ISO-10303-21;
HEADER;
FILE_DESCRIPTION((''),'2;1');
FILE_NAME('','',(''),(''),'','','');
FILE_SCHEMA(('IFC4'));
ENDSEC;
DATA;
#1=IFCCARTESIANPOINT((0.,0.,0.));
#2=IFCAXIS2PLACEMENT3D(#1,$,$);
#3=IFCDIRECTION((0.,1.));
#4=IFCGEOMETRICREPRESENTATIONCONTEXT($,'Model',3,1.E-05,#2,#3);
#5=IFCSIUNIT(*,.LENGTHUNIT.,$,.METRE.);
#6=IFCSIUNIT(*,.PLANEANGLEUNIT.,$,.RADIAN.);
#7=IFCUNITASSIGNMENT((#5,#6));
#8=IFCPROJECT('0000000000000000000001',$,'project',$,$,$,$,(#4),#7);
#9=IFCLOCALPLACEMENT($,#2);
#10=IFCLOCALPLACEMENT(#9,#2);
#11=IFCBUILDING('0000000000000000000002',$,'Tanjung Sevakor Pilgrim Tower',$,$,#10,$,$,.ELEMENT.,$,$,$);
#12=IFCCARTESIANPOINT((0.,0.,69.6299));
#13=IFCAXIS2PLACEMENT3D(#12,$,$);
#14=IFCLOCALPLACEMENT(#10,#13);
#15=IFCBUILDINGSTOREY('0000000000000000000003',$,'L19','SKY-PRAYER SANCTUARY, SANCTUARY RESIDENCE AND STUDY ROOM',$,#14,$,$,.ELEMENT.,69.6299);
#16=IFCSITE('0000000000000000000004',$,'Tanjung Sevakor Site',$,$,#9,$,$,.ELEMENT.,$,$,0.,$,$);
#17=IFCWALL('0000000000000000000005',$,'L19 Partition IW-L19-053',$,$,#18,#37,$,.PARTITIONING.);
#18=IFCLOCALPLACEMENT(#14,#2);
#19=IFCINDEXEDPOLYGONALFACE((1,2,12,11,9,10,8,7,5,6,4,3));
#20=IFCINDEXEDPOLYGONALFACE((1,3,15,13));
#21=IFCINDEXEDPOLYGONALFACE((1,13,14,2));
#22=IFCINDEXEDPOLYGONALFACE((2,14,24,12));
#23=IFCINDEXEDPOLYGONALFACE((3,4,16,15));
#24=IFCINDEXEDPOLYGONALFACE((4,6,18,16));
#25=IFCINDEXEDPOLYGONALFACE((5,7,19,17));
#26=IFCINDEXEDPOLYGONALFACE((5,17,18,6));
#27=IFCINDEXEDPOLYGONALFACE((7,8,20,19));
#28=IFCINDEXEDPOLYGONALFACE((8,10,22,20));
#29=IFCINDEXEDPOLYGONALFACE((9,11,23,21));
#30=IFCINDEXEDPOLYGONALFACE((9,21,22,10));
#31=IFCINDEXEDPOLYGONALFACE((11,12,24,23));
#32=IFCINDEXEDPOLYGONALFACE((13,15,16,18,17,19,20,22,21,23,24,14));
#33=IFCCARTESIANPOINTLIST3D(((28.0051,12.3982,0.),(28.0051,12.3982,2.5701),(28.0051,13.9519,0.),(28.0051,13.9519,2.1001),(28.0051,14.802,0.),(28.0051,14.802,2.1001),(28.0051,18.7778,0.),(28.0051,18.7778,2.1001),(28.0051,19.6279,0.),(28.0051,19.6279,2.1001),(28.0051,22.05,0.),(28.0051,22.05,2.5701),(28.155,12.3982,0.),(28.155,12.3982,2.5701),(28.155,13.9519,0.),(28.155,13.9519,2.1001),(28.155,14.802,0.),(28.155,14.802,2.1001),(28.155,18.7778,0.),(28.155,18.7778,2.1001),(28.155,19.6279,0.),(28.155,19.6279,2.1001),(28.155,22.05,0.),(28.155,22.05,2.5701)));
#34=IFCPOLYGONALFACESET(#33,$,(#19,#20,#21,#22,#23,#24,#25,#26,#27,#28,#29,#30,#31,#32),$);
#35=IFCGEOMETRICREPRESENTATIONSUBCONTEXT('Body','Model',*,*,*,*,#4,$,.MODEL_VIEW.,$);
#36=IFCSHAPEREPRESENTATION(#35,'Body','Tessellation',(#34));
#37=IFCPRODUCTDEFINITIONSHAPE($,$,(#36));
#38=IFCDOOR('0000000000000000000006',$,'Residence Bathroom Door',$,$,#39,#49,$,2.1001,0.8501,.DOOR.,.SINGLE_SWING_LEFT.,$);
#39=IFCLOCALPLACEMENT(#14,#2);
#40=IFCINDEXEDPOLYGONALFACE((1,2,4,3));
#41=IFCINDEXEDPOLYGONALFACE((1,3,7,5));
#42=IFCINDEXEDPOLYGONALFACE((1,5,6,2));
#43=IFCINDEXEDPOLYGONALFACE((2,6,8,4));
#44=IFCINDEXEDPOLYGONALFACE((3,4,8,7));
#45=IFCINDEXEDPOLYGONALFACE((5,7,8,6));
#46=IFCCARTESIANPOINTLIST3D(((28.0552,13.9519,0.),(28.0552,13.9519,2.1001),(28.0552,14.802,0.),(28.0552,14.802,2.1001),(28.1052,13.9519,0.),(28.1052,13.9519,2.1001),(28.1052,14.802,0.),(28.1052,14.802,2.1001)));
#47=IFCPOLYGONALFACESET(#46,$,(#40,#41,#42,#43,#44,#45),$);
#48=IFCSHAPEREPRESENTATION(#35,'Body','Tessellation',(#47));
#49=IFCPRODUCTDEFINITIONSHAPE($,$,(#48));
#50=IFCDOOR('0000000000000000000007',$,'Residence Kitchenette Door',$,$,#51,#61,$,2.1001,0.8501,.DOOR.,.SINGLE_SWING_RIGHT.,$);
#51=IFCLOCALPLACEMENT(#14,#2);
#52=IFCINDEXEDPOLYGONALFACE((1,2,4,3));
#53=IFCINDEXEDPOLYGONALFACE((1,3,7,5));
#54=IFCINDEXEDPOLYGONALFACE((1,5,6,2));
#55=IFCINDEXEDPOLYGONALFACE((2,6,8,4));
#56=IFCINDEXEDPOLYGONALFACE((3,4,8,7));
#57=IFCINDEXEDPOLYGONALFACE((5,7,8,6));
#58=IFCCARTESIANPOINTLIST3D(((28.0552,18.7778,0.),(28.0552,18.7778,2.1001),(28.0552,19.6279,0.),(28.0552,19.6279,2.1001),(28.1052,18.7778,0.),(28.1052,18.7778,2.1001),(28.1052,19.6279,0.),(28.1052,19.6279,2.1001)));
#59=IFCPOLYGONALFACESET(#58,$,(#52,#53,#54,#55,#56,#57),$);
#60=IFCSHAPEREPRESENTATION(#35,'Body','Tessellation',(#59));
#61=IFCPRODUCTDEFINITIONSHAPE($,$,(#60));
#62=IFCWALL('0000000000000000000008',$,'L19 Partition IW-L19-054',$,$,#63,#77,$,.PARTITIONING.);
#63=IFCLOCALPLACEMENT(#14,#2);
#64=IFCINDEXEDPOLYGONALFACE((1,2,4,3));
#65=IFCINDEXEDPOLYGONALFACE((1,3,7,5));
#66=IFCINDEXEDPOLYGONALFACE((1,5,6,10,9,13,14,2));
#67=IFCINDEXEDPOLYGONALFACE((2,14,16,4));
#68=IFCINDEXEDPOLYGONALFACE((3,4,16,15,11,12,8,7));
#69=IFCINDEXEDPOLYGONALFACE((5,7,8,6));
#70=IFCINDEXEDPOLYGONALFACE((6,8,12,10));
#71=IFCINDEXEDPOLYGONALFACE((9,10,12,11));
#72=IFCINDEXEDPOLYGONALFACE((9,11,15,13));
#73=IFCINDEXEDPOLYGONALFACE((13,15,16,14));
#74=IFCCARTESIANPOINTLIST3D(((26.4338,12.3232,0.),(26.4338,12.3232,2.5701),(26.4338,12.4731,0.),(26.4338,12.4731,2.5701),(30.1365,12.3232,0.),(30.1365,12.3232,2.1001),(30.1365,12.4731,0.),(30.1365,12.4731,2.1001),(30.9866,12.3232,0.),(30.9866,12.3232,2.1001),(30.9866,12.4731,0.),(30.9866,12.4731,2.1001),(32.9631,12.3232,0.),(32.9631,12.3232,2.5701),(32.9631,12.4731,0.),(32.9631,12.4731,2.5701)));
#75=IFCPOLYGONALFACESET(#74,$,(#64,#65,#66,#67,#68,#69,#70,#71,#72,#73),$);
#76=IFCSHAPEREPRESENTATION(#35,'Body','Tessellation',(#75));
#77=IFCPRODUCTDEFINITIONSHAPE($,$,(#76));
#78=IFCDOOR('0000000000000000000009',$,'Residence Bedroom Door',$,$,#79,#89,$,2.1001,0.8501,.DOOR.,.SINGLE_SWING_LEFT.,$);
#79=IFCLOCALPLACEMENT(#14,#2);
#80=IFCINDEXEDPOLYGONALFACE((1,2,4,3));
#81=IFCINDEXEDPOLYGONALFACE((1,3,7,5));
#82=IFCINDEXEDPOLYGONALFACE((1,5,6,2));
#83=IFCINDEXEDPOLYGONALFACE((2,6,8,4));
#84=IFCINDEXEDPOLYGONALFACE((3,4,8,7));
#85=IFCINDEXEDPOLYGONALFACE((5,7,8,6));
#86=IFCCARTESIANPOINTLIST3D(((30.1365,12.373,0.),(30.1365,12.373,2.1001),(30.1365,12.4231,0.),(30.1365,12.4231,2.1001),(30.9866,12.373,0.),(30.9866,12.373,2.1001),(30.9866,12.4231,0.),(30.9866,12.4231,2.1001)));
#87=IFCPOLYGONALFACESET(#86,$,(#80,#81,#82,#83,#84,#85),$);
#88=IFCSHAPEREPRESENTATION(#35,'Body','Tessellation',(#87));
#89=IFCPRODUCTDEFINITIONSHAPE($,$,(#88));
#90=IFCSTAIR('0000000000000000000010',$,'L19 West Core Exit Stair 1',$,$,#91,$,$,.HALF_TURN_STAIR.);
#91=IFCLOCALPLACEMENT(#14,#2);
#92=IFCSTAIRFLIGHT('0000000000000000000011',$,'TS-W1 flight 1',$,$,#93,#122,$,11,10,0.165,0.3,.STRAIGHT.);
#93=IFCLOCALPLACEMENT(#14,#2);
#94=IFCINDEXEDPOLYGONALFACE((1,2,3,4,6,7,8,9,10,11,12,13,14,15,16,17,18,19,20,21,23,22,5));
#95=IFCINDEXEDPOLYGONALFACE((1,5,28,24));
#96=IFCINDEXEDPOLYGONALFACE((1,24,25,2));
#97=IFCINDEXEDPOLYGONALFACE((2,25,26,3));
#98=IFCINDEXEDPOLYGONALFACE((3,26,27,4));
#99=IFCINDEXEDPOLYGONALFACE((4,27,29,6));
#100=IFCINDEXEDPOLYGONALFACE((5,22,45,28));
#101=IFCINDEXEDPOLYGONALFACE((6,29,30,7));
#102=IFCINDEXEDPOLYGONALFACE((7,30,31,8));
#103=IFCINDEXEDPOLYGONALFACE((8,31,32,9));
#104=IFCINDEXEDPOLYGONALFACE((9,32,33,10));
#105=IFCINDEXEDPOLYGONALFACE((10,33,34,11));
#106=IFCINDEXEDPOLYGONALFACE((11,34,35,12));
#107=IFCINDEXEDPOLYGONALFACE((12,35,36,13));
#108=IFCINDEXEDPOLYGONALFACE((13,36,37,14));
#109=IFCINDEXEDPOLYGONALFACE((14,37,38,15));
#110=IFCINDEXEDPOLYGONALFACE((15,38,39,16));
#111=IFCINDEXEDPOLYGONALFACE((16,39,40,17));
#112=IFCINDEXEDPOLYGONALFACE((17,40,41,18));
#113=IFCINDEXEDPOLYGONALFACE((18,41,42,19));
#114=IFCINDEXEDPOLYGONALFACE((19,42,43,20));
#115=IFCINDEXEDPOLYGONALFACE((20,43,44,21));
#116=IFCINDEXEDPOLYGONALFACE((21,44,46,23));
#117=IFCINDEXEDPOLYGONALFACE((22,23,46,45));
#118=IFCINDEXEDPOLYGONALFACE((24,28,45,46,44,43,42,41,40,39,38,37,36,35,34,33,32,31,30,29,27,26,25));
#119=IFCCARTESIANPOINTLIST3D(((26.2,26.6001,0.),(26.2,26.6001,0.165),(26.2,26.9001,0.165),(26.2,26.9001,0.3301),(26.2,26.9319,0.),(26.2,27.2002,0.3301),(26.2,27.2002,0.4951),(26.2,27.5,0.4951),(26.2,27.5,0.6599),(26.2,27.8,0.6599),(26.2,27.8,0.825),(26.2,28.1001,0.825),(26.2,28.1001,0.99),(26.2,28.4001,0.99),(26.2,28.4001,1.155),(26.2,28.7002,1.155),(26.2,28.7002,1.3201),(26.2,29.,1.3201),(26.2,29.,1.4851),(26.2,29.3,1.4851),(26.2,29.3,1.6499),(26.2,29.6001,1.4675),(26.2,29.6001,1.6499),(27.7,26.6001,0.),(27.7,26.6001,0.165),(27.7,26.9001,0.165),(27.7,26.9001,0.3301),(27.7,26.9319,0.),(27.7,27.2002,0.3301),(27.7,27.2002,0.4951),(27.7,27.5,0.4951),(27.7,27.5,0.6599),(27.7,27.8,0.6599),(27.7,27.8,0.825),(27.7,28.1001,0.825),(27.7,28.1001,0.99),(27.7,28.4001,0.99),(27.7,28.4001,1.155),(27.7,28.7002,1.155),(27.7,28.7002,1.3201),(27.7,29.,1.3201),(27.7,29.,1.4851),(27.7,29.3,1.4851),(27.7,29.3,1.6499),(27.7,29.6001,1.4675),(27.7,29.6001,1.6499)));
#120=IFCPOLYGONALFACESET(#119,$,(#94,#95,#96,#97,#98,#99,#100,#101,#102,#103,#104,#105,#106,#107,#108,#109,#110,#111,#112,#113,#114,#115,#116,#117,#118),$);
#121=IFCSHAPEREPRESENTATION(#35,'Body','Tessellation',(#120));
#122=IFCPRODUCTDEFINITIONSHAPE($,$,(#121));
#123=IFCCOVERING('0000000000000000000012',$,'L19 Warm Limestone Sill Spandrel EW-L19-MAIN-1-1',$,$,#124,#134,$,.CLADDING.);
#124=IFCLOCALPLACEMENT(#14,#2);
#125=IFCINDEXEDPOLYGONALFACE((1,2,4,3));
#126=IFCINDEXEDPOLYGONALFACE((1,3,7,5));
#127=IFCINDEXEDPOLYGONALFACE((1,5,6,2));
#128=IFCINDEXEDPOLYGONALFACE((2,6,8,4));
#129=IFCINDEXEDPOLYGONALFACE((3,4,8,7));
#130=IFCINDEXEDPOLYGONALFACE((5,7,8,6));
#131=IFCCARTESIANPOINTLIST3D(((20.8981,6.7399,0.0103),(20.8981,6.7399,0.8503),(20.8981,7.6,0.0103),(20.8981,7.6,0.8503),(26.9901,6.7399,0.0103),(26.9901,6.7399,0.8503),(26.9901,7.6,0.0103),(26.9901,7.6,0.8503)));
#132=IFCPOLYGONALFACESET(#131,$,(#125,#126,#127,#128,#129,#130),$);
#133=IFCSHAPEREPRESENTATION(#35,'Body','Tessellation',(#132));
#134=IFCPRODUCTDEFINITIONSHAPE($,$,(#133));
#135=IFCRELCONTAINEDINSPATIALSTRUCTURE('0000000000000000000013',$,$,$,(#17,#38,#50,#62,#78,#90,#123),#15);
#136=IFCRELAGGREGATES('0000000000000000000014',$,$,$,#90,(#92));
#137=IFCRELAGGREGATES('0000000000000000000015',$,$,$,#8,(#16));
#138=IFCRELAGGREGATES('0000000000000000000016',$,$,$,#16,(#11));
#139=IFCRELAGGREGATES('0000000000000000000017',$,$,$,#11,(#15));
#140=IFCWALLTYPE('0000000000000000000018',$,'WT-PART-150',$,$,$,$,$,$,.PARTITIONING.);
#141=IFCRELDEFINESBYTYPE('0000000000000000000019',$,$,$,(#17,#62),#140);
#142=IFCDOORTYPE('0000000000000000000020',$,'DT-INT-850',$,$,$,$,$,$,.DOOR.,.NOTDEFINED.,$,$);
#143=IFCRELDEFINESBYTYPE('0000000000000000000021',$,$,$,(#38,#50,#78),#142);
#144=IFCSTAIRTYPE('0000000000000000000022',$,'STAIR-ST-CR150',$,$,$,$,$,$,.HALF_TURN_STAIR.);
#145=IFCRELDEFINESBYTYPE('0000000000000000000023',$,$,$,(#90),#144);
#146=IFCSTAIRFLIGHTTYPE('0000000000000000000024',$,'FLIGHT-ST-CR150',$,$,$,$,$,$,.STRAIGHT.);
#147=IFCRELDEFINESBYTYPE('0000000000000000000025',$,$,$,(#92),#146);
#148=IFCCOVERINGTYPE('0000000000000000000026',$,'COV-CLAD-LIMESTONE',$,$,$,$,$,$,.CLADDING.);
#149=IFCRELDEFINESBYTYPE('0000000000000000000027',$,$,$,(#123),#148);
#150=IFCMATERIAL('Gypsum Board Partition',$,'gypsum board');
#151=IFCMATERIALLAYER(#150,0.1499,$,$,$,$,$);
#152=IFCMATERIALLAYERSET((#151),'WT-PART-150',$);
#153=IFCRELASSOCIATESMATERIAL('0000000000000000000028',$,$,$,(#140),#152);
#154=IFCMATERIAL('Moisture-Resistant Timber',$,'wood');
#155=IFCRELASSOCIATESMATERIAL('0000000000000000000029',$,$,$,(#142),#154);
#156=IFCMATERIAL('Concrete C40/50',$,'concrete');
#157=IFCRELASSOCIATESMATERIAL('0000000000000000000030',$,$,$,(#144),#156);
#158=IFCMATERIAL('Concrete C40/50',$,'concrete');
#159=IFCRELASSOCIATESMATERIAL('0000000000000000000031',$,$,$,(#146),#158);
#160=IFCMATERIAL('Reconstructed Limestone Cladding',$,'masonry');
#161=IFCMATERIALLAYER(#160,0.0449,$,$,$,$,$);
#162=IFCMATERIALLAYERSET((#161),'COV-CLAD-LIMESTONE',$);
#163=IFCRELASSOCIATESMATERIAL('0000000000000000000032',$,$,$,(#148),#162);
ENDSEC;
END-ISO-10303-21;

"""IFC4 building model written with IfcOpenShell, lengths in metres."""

from ifc_helpers import new_model, si_unit, direction, frame, frame_2d, origin, origin_2d, place, context, subcontext, project, spatial, polyline, rectangle, outline, extrude, material, layer, layer_set, type_object, element, fill, aggregate, save


model = new_model("IFC4")

# Units and contexts
model_context = context("Model", 3, precision=1e-05, world=origin(), true_north=direction((0.0, 1.0)))
body_context = subcontext(model_context, "Body", "Model", "MODEL_VIEW")
ifc_project = project(units=[si_unit("LENGTHUNIT", "METRE"), si_unit("PLANEANGLEUNIT", "RADIAN")], contexts=[model_context])

# Site, building, storey
site_placement = place(None, origin())
site = spatial("IfcSite", under=ifc_project, at=site_placement, Name="Tanjung Sevakor Site", CompositionType="ELEMENT", RefElevation=0.0)
building_placement = place(site_placement, origin())
building = spatial("IfcBuilding", under=site, at=building_placement, Name="Tanjung Sevakor Pilgrim Tower", CompositionType="ELEMENT")
storey_placement = place(building_placement, frame((0.0, 0.0, 69.6299)))
storey = spatial("IfcBuildingStorey", under=building, at=storey_placement, Name="L19", Description="SKY-PRAYER SANCTUARY, SANCTUARY RESIDENCE AND STUDY ROOM", CompositionType="ELEMENT", Elevation=69.6299)

# Shared definitions
ifc_material_1 = material(Name="Gypsum Board Partition", Category="gypsum board")
ifc_layer_1 = layer(ifc_material_1, 0.1499)
ifc_layer_set_1 = layer_set([ifc_layer_1], Name="WT-PART-150")
wall_type_1 = type_object("IfcWallType", Name="WT-PART-150", PredefinedType="PARTITIONING", material=ifc_layer_set_1)

# Wall, openings, doors
wall_1_placement = place(storey_placement, frame((28.0801, 12.3982, 0.0), z_axis=(0.0, 0.0, 1.0), x_axis=(0.0, 1.0, 0.0)))
wall_1 = element("IfcWall", 1, at=wall_1_placement, inside=storey, type_object=wall_type_1, Name="L19 Partition IW-L19-053", PredefinedType="PARTITIONING", context=body_context, shape_type="SweptSolid", body=[
    extrude(rectangle(XDim=9.6519, YDim=0.1499, at=frame_2d((4.8259, 0.0))), origin(), (0.0, 0.0, 1.0), 2.5701),
])
opening_1_placement = place(wall_1_placement, frame((1.5537, 0.0, 0.0)))
opening_1 = element("IfcOpeningElement", 2, at=opening_1_placement, cuts=wall_1, PredefinedType="OPENING", context=body_context, shape_type="SweptSolid", body=[
    extrude(rectangle(XDim=0.8501, YDim=2.1001, at=frame_2d((0.425, 1.05))), frame((0.0, 0.085, 0.0), z_axis=(0.0, -1.0, 0.0), x_axis=(1.0, 0.0, 0.0)), (0.0, 0.0, 1.0), 0.1699),
])
opening_2_placement = place(wall_1_placement, frame((6.3796, 0.0, 0.0)))
opening_2 = element("IfcOpeningElement", 3, at=opening_2_placement, cuts=wall_1, PredefinedType="OPENING", context=body_context, shape_type="SweptSolid", body=[
    extrude(rectangle(XDim=0.8501, YDim=2.1001, at=frame_2d((0.425, 1.05))), frame((0.0, 0.085, 0.0), z_axis=(0.0, -1.0, 0.0), x_axis=(1.0, 0.0, 0.0)), (0.0, 0.0, 1.0), 0.1699),
])
ifc_material_2 = material(Name="Moisture-Resistant Timber", Category="wood")
door_type_1 = type_object("IfcDoorType", Name="DT-INT-850", OperationType="NOTDEFINED", PredefinedType="DOOR", material=ifc_material_2)
door_1_placement = place(opening_1_placement, origin())
door_1 = element("IfcDoor", 4, at=door_1_placement, inside=storey, type_object=door_type_1, Name="Residence Bathroom Door", OperationType="SINGLE_SWING_LEFT", OverallHeight=2.1001, OverallWidth=0.8501, PredefinedType="DOOR", context=body_context, shape_type="SweptSolid", body=[
    extrude(rectangle(XDim=0.8501, YDim=2.1001, at=frame_2d((0.425, 1.05))), frame((0.0, 0.0249, 0.0), z_axis=(0.0, -1.0, 0.0), x_axis=(1.0, 0.0, 0.0)), (0.0, 0.0, 1.0), 0.05),
])
fill(opening_1, door_1)
door_2_placement = place(opening_2_placement, origin())
door_2 = element("IfcDoor", 5, at=door_2_placement, inside=storey, type_object=door_type_1, Name="Residence Kitchenette Door", OperationType="SINGLE_SWING_RIGHT", OverallHeight=2.1001, OverallWidth=0.8501, PredefinedType="DOOR", context=body_context, shape_type="SweptSolid", body=[
    extrude(rectangle(XDim=0.8501, YDim=2.1001, at=frame_2d((0.425, 1.05))), frame((0.0, 0.0249, 0.0), z_axis=(0.0, -1.0, 0.0), x_axis=(1.0, 0.0, 0.0)), (0.0, 0.0, 1.0), 0.05),
])
fill(opening_2, door_2)

# Wall, opening, door
wall_2_placement = place(storey_placement, frame((26.4338, 12.3982, 0.0), z_axis=(0.0, 0.0, 1.0), x_axis=(1.0, 0.0, 0.0)))
wall_2 = element("IfcWall", 6, at=wall_2_placement, inside=storey, type_object=wall_type_1, Name="L19 Partition IW-L19-054", PredefinedType="PARTITIONING", context=body_context, shape_type="SweptSolid", body=[
    extrude(rectangle(XDim=6.5293, YDim=0.1499, at=frame_2d((3.2646, 0.0))), origin(), (0.0, 0.0, 1.0), 2.5701),
])
opening_3_placement = place(wall_2_placement, frame((3.7026, 0.0, 0.0)))
opening_3 = element("IfcOpeningElement", 7, at=opening_3_placement, cuts=wall_2, PredefinedType="OPENING", context=body_context, shape_type="SweptSolid", body=[
    extrude(rectangle(XDim=0.8501, YDim=2.1001, at=frame_2d((0.425, 1.05))), frame((0.0, 0.085, 0.0), z_axis=(0.0, -1.0, 0.0), x_axis=(1.0, 0.0, 0.0)), (0.0, 0.0, 1.0), 0.1699),
])
door_3_placement = place(opening_3_placement, origin())
door_3 = element("IfcDoor", 8, at=door_3_placement, inside=storey, type_object=door_type_1, Name="Residence Bedroom Door", OperationType="SINGLE_SWING_LEFT", OverallHeight=2.1001, OverallWidth=0.8501, PredefinedType="DOOR", context=body_context, shape_type="SweptSolid", body=[
    extrude(rectangle(XDim=0.8501, YDim=2.1001, at=frame_2d((0.425, 1.05))), frame((0.0, 0.0249, 0.0), z_axis=(0.0, -1.0, 0.0), x_axis=(1.0, 0.0, 0.0)), (0.0, 0.0, 1.0), 0.05),
])
fill(opening_3, door_3)

# Stair, stair flight
ifc_material_3 = material(Name="Concrete C40/50", Category="concrete")
stair_type = type_object("IfcStairType", Name="STAIR-ST-CR150", PredefinedType="HALF_TURN_STAIR", material=ifc_material_3)
stair_placement = place(storey_placement, origin())
stair = element("IfcStair", 9, at=stair_placement, inside=storey, type_object=stair_type, Name="L19 West Core Exit Stair 1", PredefinedType="HALF_TURN_STAIR")
ifc_material_4 = material(Name="Concrete C40/50", Category="concrete")
stair_flight_type = type_object("IfcStairFlightType", Name="FLIGHT-ST-CR150", PredefinedType="STRAIGHT", material=ifc_material_4)
stair_flight_placement = place(storey_placement, frame((26.95, 26.6001, 0.0), z_axis=(0.0, 0.0, 1.0), x_axis=(0.0, 1.0, 0.0)))
stair_flight = element("IfcStairFlight", 10, at=stair_flight_placement, type_object=stair_flight_type, Name="TS-W1 flight 1", NumberOfRisers=11, NumberOfTreads=10, PredefinedType="STRAIGHT", RiserHeight=0.165, TreadLength=0.3, context=body_context, shape_type="SweptSolid", body=[
    extrude(outline(polyline([(0.0, 0.0), (0.0, 0.165), (0.3, 0.165), (0.3, 0.3301), (0.6001, 0.3301), (0.6001, 0.4951), (0.8999, 0.4951), (0.8999, 0.6599), (1.2, 0.6599), (1.2, 0.825), (1.5, 0.825), (1.5, 0.99), (1.8, 0.99), (1.8, 1.155), (2.1001, 1.155), (2.1001, 1.3201), (2.3999, 1.3201), (2.3999, 1.4851), (2.7, 1.4851), (2.7, 1.6499), (3.0, 1.6499), (3.0, 1.8149), (3.0, 1.4675), (0.3318, 0.0), (0.0, 0.0)])), frame((0.0, 0.75, 0.0), z_axis=(0.0, -1.0, 0.0), x_axis=(1.0, 0.0, 0.0)), (0.0, 0.0, 1.0), 1.5),
])
aggregate(stair, [stair_flight])

# Covering
ifc_material_5 = material(Name="Reconstructed Limestone Cladding", Category="masonry")
ifc_layer_2 = layer(ifc_material_5, 0.0449)
ifc_layer_set_2 = layer_set([ifc_layer_2], Name="COV-CLAD-LIMESTONE")
covering_type = type_object("IfcCoveringType", Name="COV-CLAD-LIMESTONE", PredefinedType="CLADDING", material=ifc_layer_set_2)
covering_placement = place(storey_placement, frame((23.9441, 7.1699, 0.0103), z_axis=(0.0, 0.0, 1.0), x_axis=(1.0, 0.0, 0.0)))
element("IfcCovering", 11, at=covering_placement, inside=storey, type_object=covering_type, Name="L19 Warm Limestone Sill Spandrel EW-L19-MAIN-1-1", PredefinedType="CLADDING", context=body_context, shape_type="SweptSolid", body=[
    extrude(rectangle(XDim=6.092, YDim=0.8601, at=origin_2d()), origin(), (0.0, 0.0, 1.0), 0.8401),
])

save(model, "model.ifc")
